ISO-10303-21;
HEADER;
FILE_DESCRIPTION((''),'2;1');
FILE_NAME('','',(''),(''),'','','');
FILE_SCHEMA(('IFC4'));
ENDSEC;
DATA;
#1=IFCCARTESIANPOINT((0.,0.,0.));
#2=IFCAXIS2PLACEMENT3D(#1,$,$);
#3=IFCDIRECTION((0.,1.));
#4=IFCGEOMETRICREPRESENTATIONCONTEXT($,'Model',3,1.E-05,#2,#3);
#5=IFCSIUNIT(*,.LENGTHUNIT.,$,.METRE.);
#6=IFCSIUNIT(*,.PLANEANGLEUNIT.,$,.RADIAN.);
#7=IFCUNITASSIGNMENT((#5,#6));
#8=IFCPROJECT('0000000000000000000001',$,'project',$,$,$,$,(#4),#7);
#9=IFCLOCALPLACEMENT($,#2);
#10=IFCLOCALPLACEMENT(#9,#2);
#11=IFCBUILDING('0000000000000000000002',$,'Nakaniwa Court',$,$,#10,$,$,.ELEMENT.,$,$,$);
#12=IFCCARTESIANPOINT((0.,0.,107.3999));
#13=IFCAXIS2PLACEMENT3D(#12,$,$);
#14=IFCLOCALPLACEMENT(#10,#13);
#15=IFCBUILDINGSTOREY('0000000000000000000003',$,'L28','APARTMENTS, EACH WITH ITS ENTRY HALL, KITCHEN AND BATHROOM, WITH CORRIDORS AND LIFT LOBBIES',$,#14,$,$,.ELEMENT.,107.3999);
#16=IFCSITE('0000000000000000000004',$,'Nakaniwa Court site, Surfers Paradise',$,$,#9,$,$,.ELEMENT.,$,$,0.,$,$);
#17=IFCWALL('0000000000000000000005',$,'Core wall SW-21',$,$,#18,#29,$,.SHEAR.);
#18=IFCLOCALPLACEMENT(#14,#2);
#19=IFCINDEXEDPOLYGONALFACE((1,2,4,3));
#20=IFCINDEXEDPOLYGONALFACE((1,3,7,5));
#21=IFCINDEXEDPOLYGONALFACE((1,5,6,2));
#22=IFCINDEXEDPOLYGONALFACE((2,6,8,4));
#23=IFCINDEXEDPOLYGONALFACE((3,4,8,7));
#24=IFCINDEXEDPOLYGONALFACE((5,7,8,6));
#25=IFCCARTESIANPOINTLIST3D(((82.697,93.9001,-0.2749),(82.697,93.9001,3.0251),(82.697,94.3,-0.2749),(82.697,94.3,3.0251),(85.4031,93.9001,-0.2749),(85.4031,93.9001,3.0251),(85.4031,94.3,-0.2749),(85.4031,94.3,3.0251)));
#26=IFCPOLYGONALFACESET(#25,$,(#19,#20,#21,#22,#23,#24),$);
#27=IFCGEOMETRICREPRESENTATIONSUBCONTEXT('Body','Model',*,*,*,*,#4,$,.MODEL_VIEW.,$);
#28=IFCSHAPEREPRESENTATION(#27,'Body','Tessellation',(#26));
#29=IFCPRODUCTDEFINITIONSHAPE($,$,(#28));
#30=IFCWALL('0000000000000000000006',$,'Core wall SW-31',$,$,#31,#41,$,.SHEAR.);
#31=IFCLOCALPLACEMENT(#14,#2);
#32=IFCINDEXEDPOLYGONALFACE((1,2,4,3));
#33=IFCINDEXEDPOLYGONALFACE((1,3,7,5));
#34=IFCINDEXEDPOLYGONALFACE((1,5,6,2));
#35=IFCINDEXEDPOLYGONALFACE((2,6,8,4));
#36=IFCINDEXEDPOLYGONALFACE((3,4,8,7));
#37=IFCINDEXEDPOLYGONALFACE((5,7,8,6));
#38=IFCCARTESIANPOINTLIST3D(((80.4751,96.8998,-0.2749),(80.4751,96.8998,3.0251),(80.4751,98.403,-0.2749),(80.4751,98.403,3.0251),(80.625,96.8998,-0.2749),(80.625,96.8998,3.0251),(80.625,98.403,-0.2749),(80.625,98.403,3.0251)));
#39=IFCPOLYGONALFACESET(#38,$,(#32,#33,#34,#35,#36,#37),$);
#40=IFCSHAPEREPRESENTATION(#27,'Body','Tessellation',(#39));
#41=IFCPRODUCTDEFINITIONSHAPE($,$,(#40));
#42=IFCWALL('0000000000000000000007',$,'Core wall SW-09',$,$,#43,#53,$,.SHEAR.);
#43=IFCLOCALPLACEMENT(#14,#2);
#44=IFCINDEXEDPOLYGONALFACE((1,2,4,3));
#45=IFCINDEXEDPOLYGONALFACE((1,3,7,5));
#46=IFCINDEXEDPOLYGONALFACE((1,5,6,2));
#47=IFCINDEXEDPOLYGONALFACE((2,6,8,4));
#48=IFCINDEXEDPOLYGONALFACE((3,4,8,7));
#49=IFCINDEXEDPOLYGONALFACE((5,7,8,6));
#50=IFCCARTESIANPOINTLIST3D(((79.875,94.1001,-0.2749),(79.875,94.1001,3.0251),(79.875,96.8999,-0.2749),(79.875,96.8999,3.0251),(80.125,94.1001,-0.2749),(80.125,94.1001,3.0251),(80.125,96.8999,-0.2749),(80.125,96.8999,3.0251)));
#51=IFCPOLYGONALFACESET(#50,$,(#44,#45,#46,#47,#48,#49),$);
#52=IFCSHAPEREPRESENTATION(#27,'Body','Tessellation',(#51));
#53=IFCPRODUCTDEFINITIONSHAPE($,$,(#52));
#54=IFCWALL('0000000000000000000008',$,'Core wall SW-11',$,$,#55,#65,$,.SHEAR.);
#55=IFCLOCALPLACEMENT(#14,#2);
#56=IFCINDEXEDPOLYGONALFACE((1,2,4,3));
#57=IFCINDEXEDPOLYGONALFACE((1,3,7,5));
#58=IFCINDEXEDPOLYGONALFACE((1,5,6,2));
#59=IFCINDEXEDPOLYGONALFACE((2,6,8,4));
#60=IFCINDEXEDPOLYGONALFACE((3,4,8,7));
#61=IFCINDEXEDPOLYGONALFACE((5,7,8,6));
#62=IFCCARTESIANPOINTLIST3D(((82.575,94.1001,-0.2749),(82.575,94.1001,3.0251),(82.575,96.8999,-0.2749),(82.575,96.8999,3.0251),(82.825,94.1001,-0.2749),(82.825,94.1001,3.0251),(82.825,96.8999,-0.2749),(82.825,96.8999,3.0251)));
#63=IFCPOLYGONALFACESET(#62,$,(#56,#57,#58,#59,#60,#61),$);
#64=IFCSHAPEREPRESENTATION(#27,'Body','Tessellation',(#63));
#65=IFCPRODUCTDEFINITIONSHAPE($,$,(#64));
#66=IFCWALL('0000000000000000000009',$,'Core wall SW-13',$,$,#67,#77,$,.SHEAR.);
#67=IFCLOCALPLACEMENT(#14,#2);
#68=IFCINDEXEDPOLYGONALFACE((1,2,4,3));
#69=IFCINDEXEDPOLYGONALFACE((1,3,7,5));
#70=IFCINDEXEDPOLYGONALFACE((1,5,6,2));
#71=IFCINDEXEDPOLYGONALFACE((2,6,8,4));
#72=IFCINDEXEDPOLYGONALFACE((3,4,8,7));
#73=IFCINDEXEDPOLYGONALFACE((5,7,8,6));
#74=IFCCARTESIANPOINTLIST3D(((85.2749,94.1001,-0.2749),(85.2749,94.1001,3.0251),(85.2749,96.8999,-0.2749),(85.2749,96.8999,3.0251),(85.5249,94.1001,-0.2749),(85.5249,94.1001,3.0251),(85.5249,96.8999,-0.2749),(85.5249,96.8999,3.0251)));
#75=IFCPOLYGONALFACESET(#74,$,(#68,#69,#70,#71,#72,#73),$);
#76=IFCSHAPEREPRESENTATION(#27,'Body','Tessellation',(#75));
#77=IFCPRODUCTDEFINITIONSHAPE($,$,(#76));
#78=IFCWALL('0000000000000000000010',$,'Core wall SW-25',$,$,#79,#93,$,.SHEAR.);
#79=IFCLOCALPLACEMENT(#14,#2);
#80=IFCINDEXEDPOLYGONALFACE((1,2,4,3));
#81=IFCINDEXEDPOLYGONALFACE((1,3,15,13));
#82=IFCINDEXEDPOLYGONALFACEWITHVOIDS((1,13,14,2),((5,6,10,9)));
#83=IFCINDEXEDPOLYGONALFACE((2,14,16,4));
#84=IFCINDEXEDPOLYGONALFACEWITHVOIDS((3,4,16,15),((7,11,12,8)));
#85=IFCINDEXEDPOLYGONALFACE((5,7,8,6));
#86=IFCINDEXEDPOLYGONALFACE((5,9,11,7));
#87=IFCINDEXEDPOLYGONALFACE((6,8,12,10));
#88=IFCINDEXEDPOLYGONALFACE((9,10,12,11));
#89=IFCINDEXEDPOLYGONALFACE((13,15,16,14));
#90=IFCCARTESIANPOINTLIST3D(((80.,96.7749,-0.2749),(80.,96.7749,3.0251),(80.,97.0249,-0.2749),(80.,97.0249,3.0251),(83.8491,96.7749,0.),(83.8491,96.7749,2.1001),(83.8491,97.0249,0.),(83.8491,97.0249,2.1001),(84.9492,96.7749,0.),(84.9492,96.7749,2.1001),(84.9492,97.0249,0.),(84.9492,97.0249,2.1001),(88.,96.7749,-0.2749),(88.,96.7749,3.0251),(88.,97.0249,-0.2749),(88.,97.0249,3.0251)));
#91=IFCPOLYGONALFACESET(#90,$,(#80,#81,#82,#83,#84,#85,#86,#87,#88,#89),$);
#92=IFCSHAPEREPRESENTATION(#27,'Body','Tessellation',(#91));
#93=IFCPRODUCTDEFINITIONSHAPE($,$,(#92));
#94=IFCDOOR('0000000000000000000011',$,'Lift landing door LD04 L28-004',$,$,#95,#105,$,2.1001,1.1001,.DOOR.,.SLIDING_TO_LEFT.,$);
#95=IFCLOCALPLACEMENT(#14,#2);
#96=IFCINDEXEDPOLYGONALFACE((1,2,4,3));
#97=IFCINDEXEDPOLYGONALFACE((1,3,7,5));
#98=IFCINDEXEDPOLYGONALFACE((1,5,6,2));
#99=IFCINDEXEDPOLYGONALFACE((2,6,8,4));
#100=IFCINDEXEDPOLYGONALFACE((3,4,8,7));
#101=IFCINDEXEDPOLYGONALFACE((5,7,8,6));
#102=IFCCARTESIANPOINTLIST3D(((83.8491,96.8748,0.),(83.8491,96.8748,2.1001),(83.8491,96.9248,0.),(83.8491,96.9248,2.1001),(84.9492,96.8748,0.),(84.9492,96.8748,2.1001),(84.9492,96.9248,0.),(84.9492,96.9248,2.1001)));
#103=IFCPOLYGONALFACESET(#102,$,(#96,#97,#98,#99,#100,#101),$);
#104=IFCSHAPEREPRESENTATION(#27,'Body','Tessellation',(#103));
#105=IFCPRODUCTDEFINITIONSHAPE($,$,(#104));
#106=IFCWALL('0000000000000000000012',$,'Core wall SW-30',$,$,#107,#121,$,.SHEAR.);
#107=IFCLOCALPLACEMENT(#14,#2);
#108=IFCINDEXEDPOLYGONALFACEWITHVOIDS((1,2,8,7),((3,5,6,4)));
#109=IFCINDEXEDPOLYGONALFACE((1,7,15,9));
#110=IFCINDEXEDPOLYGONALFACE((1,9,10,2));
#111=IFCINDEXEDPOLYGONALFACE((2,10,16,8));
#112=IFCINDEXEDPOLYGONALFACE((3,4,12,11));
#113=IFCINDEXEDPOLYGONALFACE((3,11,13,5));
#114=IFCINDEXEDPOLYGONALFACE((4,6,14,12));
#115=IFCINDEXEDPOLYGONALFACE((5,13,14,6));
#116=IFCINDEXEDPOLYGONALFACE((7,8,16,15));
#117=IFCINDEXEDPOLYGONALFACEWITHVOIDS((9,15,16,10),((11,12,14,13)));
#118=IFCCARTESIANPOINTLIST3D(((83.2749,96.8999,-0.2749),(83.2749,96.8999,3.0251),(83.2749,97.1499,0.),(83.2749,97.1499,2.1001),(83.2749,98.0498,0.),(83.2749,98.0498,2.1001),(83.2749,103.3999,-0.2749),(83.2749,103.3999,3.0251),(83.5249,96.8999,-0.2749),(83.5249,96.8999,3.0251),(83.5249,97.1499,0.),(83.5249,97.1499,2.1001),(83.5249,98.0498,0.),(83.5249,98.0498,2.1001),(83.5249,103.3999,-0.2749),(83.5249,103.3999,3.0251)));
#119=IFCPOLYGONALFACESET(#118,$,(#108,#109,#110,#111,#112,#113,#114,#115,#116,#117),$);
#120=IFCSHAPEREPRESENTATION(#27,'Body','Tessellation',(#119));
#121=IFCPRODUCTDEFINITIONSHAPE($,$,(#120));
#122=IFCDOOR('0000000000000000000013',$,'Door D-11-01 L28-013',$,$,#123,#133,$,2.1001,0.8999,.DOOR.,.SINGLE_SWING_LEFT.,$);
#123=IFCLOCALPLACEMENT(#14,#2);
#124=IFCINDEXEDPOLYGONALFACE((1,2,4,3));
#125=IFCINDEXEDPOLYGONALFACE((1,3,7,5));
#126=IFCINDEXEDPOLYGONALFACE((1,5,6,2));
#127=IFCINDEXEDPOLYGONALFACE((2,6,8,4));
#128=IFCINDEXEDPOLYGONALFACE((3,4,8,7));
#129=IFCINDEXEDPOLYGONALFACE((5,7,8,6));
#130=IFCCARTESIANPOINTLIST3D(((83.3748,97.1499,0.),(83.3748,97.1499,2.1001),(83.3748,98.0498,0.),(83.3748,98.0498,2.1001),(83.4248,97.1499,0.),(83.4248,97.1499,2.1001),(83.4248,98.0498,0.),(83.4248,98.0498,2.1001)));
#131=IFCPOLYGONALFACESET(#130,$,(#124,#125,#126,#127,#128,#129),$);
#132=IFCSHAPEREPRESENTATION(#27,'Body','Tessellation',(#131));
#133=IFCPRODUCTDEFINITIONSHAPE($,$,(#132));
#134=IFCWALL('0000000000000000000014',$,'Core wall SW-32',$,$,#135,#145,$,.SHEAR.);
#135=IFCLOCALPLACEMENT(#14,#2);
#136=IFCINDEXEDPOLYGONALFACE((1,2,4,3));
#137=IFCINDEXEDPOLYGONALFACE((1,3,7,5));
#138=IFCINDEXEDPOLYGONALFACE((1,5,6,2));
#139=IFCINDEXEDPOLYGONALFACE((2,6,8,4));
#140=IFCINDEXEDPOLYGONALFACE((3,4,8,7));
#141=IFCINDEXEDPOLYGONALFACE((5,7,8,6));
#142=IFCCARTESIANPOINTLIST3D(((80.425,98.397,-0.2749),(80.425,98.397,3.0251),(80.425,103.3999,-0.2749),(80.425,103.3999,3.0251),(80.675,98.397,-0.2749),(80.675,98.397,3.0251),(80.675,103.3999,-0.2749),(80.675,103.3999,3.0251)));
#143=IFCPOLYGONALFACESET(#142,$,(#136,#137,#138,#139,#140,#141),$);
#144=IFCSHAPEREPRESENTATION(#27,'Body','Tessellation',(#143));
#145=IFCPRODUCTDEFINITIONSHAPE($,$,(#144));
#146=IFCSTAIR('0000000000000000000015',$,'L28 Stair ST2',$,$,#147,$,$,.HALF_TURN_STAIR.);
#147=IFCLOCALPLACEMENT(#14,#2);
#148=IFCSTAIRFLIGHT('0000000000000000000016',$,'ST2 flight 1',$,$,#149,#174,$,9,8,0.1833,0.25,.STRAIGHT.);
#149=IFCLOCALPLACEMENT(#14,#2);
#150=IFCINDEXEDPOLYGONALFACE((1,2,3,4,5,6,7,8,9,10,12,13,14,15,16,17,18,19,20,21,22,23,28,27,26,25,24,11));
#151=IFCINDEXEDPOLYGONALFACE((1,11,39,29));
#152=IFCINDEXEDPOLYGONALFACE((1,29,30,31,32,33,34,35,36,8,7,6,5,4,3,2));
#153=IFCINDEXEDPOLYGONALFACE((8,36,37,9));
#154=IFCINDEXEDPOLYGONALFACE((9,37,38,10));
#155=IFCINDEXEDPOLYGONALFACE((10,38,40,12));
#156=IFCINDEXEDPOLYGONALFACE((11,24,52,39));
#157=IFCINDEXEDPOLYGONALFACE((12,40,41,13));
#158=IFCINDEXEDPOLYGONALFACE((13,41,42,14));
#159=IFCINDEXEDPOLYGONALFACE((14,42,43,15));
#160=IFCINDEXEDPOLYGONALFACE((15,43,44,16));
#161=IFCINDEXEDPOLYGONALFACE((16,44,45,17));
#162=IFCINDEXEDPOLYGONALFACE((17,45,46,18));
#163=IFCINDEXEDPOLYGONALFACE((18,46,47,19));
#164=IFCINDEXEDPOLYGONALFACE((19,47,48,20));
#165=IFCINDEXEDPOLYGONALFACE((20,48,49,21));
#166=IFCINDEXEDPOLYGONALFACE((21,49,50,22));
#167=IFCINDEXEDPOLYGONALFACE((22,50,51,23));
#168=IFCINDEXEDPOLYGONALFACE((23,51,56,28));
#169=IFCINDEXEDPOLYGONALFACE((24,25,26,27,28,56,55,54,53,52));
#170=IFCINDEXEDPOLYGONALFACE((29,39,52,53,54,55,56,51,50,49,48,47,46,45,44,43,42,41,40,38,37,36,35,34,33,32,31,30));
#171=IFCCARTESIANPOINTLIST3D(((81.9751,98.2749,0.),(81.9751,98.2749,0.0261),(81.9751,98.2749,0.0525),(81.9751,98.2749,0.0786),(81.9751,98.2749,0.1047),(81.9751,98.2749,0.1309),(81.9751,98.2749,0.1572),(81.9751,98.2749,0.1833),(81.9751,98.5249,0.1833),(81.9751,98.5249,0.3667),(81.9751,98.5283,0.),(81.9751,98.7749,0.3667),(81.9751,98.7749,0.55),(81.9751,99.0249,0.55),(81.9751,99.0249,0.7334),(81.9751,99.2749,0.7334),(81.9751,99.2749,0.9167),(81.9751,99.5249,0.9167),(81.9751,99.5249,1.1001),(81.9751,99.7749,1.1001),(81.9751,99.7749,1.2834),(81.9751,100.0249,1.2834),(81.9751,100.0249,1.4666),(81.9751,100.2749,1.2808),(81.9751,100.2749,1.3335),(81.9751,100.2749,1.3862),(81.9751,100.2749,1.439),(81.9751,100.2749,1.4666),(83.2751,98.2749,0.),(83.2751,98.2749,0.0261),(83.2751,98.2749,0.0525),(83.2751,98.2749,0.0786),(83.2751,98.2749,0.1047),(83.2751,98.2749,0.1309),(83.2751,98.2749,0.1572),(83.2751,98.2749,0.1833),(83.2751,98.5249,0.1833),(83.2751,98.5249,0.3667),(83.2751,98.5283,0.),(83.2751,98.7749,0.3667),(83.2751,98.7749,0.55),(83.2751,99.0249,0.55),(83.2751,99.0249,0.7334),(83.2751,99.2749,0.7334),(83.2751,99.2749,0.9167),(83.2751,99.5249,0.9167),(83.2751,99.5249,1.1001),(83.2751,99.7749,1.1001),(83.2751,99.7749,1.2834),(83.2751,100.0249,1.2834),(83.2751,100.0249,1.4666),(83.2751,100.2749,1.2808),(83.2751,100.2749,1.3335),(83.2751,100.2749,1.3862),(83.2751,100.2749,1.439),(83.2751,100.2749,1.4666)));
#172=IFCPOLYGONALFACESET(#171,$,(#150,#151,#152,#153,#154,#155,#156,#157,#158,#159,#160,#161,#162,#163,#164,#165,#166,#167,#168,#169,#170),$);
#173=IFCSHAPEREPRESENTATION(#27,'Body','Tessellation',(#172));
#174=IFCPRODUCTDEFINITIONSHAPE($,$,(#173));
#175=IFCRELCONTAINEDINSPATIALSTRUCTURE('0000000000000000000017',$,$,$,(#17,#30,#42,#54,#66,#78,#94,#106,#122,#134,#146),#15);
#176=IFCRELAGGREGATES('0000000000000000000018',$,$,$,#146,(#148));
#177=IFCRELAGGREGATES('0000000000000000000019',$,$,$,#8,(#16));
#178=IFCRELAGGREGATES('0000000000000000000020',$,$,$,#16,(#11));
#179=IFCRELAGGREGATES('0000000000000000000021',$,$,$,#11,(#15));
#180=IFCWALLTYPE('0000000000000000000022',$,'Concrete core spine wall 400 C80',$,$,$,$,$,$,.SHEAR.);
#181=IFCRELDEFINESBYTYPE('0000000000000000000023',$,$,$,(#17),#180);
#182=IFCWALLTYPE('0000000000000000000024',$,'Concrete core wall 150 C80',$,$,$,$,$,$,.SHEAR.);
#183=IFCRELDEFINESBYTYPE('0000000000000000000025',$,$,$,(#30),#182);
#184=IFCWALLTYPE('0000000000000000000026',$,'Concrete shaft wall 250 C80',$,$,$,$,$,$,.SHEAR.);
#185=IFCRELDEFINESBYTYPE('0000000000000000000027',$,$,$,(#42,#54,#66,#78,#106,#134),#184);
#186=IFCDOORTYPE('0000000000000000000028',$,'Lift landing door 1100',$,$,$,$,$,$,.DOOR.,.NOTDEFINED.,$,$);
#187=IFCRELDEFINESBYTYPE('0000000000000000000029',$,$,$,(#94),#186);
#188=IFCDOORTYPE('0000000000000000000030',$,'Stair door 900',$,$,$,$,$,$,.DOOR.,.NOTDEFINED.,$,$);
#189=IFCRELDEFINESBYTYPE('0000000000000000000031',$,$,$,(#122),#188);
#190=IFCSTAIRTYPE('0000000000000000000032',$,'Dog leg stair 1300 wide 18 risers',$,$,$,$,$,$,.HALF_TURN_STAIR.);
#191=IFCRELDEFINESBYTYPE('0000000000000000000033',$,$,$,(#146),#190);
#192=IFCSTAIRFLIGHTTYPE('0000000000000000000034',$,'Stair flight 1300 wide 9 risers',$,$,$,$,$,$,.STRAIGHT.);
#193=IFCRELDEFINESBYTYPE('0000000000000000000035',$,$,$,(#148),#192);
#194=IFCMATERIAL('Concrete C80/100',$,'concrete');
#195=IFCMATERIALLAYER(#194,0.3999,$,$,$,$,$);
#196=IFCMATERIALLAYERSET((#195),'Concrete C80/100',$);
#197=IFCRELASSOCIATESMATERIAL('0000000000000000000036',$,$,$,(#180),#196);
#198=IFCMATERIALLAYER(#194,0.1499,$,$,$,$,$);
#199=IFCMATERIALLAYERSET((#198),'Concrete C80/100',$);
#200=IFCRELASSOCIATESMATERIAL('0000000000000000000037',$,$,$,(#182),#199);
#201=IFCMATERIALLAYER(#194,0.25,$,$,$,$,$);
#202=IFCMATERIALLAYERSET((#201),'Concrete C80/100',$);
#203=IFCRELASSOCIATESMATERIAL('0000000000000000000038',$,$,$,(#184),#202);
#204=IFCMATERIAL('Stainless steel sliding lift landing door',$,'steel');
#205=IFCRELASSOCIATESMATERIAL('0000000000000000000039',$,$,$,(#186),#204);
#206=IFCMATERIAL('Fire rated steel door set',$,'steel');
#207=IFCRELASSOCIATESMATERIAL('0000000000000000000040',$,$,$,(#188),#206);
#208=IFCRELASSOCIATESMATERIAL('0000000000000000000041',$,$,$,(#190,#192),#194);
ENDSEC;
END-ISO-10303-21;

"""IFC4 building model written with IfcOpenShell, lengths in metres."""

from ifc_helpers import new_model, si_unit, direction, frame, frame_2d, origin, place, context, subcontext, project, spatial, polyline, rectangle, outline, extrude, material, layer, layer_set, type_object, element, fill, aggregate, save


model = new_model("IFC4")

# Units and contexts
model_context = context("Model", 3, precision=1e-05, world=origin(), true_north=direction((0.0, 1.0)))
body_context = subcontext(model_context, "Body", "Model", "MODEL_VIEW")
ifc_project = project(units=[si_unit("LENGTHUNIT", "METRE"), si_unit("PLANEANGLEUNIT", "RADIAN")], contexts=[model_context])

# Site, building, storey
site_placement = place(None, origin())
site = spatial("IfcSite", under=ifc_project, at=site_placement, Name="Nakaniwa Court site, Surfers Paradise", CompositionType="ELEMENT", RefElevation=0.0)
building_placement = place(site_placement, origin())
building = spatial("IfcBuilding", under=site, at=building_placement, Name="Nakaniwa Court", CompositionType="ELEMENT")
storey_placement = place(building_placement, frame((0.0, 0.0, 107.3999)))
storey = spatial("IfcBuildingStorey", under=building, at=storey_placement, Name="L28", Description="APARTMENTS, EACH WITH ITS ENTRY HALL, KITCHEN AND BATHROOM, WITH CORRIDORS AND LIFT LOBBIES", CompositionType="ELEMENT", Elevation=107.3999)

# Shared definitions
ifc_material_1 = material(Name="Concrete C80/100", Category="concrete")

# Shared definitions
ifc_material_2 = material(Name="Fire rated steel door set", Category="steel")

# Walls
ifc_layer_1 = layer(ifc_material_1, 0.3999)
ifc_layer_set_1 = layer_set([ifc_layer_1], Name="Concrete C80/100")
wall_type_1 = type_object("IfcWallType", Name="Concrete core spine wall 400 C80", PredefinedType="SHEAR", material=ifc_layer_set_1)
wall_1_placement = place(storey_placement, frame((82.697, 94.1001, -0.2749), z_axis=(0.0, 0.0, 1.0), x_axis=(1.0, 0.0, 0.0)))
element("IfcWall", 1, at=wall_1_placement, inside=storey, type_object=wall_type_1, Name="Core wall SW-21", PredefinedType="SHEAR", context=body_context, shape_type="SweptSolid", body=[
    extrude(rectangle(XDim=2.7061, YDim=0.3999, at=frame_2d((1.353, 0.0))), origin(), (0.0, 0.0, 1.0), 3.3),
])
ifc_layer_2 = layer(ifc_material_1, 0.1499)
ifc_layer_set_2 = layer_set([ifc_layer_2], Name="Concrete C80/100")
wall_type_2 = type_object("IfcWallType", Name="Concrete core wall 150 C80", PredefinedType="SHEAR", material=ifc_layer_set_2)
wall_2_placement = place(storey_placement, frame((80.55, 96.8999, -0.2749), z_axis=(0.0, 0.0, 1.0), x_axis=(0.0, 1.0, 0.0)))
element("IfcWall", 2, at=wall_2_placement, inside=storey, type_object=wall_type_2, Name="Core wall SW-31", PredefinedType="SHEAR", context=body_context, shape_type="SweptSolid", body=[
    extrude(rectangle(XDim=1.5032, YDim=0.1499, at=frame_2d((0.7515, 0.0))), origin(), (0.0, 0.0, 1.0), 3.3),
])
ifc_layer_3 = layer(ifc_material_1, 0.25)
ifc_layer_set_3 = layer_set([ifc_layer_3], Name="Concrete C80/100")
wall_type_3 = type_object("IfcWallType", Name="Concrete shaft wall 250 C80", PredefinedType="SHEAR", material=ifc_layer_set_3)
for number, where, z_axis, x_axis, name in (
    (3, (80.0, 94.1001, -0.2749), (0.0, 0.0, 1.0), (0.0, 1.0, 0.0), "Core wall SW-09"),
    (4, (82.7, 94.1001, -0.2749), (0.0, 0.0, 1.0), (0.0, 1.0, 0.0), "Core wall SW-11"),
    (5, (85.3999, 94.1001, -0.2749), (0.0, 0.0, 1.0), (0.0, 1.0, 0.0), "Core wall SW-13"),
):
    element("IfcWall", number, at=place(storey_placement, frame(where, z_axis=z_axis, x_axis=x_axis)), inside=storey, type_object=wall_type_3, Name=name, PredefinedType="SHEAR", context=body_context, shape_type="SweptSolid", body=[
        extrude(rectangle(XDim=2.7998, YDim=0.25, at=frame_2d((1.3999, 0.0))), origin(), (0.0, 0.0, 1.0), 3.3),
    ])

# Walls, openings, doors
wall_3_placement = place(storey_placement, frame((80.0, 96.8999, -0.2749), z_axis=(0.0, 0.0, 1.0), x_axis=(1.0, 0.0, 0.0)))
wall_3 = element("IfcWall", 6, at=wall_3_placement, inside=storey, type_object=wall_type_3, Name="Core wall SW-25", PredefinedType="SHEAR", context=body_context, shape_type="SweptSolid", body=[
    extrude(rectangle(XDim=8.0, YDim=0.25, at=frame_2d((4.0, 0.0))), origin(), (0.0, 0.0, 1.0), 3.3),
])
opening_1_placement = place(wall_3_placement, frame((3.8491, 0.0, 0.2749)))
opening_1 = element("IfcOpeningElement", 7, at=opening_1_placement, cuts=wall_3, PredefinedType="OPENING", context=body_context, shape_type="SweptSolid", body=[
    extrude(rectangle(XDim=1.1001, YDim=2.1001, at=frame_2d((0.55, 1.05))), frame((0.0, 0.135, 0.0), z_axis=(0.0, -1.0, 0.0), x_axis=(1.0, 0.0, 0.0)), (0.0, 0.0, 1.0), 0.27),
])
ifc_material_3 = material(Name="Stainless steel sliding lift landing door", Category="steel")
door_type_1 = type_object("IfcDoorType", Name="Lift landing door 1100", OperationType="NOTDEFINED", PredefinedType="DOOR", material=ifc_material_3)
door_1_placement = place(opening_1_placement, origin())
door_1 = element("IfcDoor", 8, at=door_1_placement, inside=storey, type_object=door_type_1, Name="Lift landing door LD04 L28-004", OperationType="SLIDING_TO_LEFT", OverallHeight=2.1001, OverallWidth=1.1001, PredefinedType="DOOR", context=body_context, shape_type="SweptSolid", body=[
    extrude(rectangle(XDim=1.1001, YDim=2.1001, at=frame_2d((0.55, 1.05))), frame((0.0, 0.0249, 0.0), z_axis=(0.0, -1.0, 0.0), x_axis=(1.0, 0.0, 0.0)), (0.0, 0.0, 1.0), 0.05),
])
fill(opening_1, door_1)
wall_4_placement = place(storey_placement, frame((83.3999, 103.3999, -0.2749), z_axis=(0.0, 0.0, 1.0), x_axis=(0.0, -1.0, 0.0)))
wall_4 = element("IfcWall", 9, at=wall_4_placement, inside=storey, type_object=wall_type_3, Name="Core wall SW-30", PredefinedType="SHEAR", context=body_context, shape_type="SweptSolid", body=[
    extrude(rectangle(XDim=6.5, YDim=0.25, at=frame_2d((3.25, 0.0))), origin(), (0.0, 0.0, 1.0), 3.3),
])
opening_2_placement = place(wall_4_placement, frame((5.3501, 0.0, 0.2749)))
opening_2 = element("IfcOpeningElement", 10, at=opening_2_placement, cuts=wall_4, PredefinedType="OPENING", context=body_context, shape_type="SweptSolid", body=[
    extrude(rectangle(XDim=0.8999, YDim=2.1001, at=frame_2d((0.45, 1.05))), frame((0.0, 0.135, 0.0), z_axis=(0.0, -1.0, 0.0), x_axis=(1.0, 0.0, 0.0)), (0.0, 0.0, 1.0), 0.27),
])
door_type_2 = type_object("IfcDoorType", Name="Stair door 900", OperationType="NOTDEFINED", PredefinedType="DOOR", material=ifc_material_2)
door_2_placement = place(opening_2_placement, origin())
door_2 = element("IfcDoor", 11, at=door_2_placement, inside=storey, type_object=door_type_2, Name="Door D-11-01 L28-013", OperationType="SINGLE_SWING_LEFT", OverallHeight=2.1001, OverallWidth=0.8999, PredefinedType="DOOR", context=body_context, shape_type="SweptSolid", body=[
    extrude(rectangle(XDim=0.8999, YDim=2.1001, at=frame_2d((0.45, 1.05))), frame((0.0, 0.0249, 0.0), z_axis=(0.0, -1.0, 0.0), x_axis=(1.0, 0.0, 0.0)), (0.0, 0.0, 1.0), 0.05),
])
fill(opening_2, door_2)

# Wall
wall_5_placement = place(storey_placement, frame((80.55, 98.397, -0.2749), z_axis=(0.0, 0.0, 1.0), x_axis=(0.0, 1.0, 0.0)))
element("IfcWall", 12, at=wall_5_placement, inside=storey, type_object=wall_type_3, Name="Core wall SW-32", PredefinedType="SHEAR", context=body_context, shape_type="SweptSolid", body=[
    extrude(rectangle(XDim=5.0029, YDim=0.25, at=frame_2d((2.5015, 0.0))), origin(), (0.0, 0.0, 1.0), 3.3),
])

# Stair, stair flight
stair_type = type_object("IfcStairType", Name="Dog leg stair 1300 wide 18 risers", PredefinedType="HALF_TURN_STAIR", material=ifc_material_1)
stair_placement = place(storey_placement, origin())
stair = element("IfcStair", 13, at=stair_placement, inside=storey, type_object=stair_type, Name="L28 Stair ST2", PredefinedType="HALF_TURN_STAIR")
stair_flight_type = type_object("IfcStairFlightType", Name="Stair flight 1300 wide 9 risers", PredefinedType="STRAIGHT", material=ifc_material_1)
stair_flight_1_placement = place(storey_placement, frame((82.625, 98.2749, 0.0), z_axis=(0.0, 0.0, 1.0), x_axis=(0.0, 1.0, 0.0)))
stair_flight_1 = element("IfcStairFlight", 14, at=stair_flight_1_placement, type_object=stair_flight_type, Name="ST2 flight 1", NumberOfRisers=9, NumberOfTreads=8, PredefinedType="STRAIGHT", RiserHeight=0.1833, TreadLength=0.25, context=body_context, shape_type="SweptSolid", body=[
    extrude(outline(polyline([(0.0, 0.0), (0.0, 0.0261), (0.0, 0.0525), (0.0, 0.0786), (0.0, 0.1047), (0.0, 0.1309), (0.0, 0.1572), (0.0, 0.1833), (0.25, 0.1833), (0.25, 0.3667), (0.5, 0.3667), (0.5, 0.55), (0.75, 0.55), (0.75, 0.7334), (1.0, 0.7334), (1.0, 0.9167), (1.25, 0.9167), (1.25, 1.1001), (1.5, 1.1001), (1.5, 1.2834), (1.75, 1.2834), (1.75, 1.4666), (2.0, 1.4666), (2.0, 1.6499), (2.0, 1.5972), (2.0, 1.5444), (2.0, 1.4917), (2.0, 1.439), (2.0, 1.3862), (2.0, 1.3335), (2.0, 1.2808), (0.2534, 0.0), (0.0, 0.0)])), frame((0.0, 0.6499, 0.0), z_axis=(0.0, -1.0, 0.0), x_axis=(1.0, 0.0, 0.0)), (0.0, 0.0, 1.0), 1.3),
])
aggregate(stair, [stair_flight_1])

save(model, "model.ifc")
